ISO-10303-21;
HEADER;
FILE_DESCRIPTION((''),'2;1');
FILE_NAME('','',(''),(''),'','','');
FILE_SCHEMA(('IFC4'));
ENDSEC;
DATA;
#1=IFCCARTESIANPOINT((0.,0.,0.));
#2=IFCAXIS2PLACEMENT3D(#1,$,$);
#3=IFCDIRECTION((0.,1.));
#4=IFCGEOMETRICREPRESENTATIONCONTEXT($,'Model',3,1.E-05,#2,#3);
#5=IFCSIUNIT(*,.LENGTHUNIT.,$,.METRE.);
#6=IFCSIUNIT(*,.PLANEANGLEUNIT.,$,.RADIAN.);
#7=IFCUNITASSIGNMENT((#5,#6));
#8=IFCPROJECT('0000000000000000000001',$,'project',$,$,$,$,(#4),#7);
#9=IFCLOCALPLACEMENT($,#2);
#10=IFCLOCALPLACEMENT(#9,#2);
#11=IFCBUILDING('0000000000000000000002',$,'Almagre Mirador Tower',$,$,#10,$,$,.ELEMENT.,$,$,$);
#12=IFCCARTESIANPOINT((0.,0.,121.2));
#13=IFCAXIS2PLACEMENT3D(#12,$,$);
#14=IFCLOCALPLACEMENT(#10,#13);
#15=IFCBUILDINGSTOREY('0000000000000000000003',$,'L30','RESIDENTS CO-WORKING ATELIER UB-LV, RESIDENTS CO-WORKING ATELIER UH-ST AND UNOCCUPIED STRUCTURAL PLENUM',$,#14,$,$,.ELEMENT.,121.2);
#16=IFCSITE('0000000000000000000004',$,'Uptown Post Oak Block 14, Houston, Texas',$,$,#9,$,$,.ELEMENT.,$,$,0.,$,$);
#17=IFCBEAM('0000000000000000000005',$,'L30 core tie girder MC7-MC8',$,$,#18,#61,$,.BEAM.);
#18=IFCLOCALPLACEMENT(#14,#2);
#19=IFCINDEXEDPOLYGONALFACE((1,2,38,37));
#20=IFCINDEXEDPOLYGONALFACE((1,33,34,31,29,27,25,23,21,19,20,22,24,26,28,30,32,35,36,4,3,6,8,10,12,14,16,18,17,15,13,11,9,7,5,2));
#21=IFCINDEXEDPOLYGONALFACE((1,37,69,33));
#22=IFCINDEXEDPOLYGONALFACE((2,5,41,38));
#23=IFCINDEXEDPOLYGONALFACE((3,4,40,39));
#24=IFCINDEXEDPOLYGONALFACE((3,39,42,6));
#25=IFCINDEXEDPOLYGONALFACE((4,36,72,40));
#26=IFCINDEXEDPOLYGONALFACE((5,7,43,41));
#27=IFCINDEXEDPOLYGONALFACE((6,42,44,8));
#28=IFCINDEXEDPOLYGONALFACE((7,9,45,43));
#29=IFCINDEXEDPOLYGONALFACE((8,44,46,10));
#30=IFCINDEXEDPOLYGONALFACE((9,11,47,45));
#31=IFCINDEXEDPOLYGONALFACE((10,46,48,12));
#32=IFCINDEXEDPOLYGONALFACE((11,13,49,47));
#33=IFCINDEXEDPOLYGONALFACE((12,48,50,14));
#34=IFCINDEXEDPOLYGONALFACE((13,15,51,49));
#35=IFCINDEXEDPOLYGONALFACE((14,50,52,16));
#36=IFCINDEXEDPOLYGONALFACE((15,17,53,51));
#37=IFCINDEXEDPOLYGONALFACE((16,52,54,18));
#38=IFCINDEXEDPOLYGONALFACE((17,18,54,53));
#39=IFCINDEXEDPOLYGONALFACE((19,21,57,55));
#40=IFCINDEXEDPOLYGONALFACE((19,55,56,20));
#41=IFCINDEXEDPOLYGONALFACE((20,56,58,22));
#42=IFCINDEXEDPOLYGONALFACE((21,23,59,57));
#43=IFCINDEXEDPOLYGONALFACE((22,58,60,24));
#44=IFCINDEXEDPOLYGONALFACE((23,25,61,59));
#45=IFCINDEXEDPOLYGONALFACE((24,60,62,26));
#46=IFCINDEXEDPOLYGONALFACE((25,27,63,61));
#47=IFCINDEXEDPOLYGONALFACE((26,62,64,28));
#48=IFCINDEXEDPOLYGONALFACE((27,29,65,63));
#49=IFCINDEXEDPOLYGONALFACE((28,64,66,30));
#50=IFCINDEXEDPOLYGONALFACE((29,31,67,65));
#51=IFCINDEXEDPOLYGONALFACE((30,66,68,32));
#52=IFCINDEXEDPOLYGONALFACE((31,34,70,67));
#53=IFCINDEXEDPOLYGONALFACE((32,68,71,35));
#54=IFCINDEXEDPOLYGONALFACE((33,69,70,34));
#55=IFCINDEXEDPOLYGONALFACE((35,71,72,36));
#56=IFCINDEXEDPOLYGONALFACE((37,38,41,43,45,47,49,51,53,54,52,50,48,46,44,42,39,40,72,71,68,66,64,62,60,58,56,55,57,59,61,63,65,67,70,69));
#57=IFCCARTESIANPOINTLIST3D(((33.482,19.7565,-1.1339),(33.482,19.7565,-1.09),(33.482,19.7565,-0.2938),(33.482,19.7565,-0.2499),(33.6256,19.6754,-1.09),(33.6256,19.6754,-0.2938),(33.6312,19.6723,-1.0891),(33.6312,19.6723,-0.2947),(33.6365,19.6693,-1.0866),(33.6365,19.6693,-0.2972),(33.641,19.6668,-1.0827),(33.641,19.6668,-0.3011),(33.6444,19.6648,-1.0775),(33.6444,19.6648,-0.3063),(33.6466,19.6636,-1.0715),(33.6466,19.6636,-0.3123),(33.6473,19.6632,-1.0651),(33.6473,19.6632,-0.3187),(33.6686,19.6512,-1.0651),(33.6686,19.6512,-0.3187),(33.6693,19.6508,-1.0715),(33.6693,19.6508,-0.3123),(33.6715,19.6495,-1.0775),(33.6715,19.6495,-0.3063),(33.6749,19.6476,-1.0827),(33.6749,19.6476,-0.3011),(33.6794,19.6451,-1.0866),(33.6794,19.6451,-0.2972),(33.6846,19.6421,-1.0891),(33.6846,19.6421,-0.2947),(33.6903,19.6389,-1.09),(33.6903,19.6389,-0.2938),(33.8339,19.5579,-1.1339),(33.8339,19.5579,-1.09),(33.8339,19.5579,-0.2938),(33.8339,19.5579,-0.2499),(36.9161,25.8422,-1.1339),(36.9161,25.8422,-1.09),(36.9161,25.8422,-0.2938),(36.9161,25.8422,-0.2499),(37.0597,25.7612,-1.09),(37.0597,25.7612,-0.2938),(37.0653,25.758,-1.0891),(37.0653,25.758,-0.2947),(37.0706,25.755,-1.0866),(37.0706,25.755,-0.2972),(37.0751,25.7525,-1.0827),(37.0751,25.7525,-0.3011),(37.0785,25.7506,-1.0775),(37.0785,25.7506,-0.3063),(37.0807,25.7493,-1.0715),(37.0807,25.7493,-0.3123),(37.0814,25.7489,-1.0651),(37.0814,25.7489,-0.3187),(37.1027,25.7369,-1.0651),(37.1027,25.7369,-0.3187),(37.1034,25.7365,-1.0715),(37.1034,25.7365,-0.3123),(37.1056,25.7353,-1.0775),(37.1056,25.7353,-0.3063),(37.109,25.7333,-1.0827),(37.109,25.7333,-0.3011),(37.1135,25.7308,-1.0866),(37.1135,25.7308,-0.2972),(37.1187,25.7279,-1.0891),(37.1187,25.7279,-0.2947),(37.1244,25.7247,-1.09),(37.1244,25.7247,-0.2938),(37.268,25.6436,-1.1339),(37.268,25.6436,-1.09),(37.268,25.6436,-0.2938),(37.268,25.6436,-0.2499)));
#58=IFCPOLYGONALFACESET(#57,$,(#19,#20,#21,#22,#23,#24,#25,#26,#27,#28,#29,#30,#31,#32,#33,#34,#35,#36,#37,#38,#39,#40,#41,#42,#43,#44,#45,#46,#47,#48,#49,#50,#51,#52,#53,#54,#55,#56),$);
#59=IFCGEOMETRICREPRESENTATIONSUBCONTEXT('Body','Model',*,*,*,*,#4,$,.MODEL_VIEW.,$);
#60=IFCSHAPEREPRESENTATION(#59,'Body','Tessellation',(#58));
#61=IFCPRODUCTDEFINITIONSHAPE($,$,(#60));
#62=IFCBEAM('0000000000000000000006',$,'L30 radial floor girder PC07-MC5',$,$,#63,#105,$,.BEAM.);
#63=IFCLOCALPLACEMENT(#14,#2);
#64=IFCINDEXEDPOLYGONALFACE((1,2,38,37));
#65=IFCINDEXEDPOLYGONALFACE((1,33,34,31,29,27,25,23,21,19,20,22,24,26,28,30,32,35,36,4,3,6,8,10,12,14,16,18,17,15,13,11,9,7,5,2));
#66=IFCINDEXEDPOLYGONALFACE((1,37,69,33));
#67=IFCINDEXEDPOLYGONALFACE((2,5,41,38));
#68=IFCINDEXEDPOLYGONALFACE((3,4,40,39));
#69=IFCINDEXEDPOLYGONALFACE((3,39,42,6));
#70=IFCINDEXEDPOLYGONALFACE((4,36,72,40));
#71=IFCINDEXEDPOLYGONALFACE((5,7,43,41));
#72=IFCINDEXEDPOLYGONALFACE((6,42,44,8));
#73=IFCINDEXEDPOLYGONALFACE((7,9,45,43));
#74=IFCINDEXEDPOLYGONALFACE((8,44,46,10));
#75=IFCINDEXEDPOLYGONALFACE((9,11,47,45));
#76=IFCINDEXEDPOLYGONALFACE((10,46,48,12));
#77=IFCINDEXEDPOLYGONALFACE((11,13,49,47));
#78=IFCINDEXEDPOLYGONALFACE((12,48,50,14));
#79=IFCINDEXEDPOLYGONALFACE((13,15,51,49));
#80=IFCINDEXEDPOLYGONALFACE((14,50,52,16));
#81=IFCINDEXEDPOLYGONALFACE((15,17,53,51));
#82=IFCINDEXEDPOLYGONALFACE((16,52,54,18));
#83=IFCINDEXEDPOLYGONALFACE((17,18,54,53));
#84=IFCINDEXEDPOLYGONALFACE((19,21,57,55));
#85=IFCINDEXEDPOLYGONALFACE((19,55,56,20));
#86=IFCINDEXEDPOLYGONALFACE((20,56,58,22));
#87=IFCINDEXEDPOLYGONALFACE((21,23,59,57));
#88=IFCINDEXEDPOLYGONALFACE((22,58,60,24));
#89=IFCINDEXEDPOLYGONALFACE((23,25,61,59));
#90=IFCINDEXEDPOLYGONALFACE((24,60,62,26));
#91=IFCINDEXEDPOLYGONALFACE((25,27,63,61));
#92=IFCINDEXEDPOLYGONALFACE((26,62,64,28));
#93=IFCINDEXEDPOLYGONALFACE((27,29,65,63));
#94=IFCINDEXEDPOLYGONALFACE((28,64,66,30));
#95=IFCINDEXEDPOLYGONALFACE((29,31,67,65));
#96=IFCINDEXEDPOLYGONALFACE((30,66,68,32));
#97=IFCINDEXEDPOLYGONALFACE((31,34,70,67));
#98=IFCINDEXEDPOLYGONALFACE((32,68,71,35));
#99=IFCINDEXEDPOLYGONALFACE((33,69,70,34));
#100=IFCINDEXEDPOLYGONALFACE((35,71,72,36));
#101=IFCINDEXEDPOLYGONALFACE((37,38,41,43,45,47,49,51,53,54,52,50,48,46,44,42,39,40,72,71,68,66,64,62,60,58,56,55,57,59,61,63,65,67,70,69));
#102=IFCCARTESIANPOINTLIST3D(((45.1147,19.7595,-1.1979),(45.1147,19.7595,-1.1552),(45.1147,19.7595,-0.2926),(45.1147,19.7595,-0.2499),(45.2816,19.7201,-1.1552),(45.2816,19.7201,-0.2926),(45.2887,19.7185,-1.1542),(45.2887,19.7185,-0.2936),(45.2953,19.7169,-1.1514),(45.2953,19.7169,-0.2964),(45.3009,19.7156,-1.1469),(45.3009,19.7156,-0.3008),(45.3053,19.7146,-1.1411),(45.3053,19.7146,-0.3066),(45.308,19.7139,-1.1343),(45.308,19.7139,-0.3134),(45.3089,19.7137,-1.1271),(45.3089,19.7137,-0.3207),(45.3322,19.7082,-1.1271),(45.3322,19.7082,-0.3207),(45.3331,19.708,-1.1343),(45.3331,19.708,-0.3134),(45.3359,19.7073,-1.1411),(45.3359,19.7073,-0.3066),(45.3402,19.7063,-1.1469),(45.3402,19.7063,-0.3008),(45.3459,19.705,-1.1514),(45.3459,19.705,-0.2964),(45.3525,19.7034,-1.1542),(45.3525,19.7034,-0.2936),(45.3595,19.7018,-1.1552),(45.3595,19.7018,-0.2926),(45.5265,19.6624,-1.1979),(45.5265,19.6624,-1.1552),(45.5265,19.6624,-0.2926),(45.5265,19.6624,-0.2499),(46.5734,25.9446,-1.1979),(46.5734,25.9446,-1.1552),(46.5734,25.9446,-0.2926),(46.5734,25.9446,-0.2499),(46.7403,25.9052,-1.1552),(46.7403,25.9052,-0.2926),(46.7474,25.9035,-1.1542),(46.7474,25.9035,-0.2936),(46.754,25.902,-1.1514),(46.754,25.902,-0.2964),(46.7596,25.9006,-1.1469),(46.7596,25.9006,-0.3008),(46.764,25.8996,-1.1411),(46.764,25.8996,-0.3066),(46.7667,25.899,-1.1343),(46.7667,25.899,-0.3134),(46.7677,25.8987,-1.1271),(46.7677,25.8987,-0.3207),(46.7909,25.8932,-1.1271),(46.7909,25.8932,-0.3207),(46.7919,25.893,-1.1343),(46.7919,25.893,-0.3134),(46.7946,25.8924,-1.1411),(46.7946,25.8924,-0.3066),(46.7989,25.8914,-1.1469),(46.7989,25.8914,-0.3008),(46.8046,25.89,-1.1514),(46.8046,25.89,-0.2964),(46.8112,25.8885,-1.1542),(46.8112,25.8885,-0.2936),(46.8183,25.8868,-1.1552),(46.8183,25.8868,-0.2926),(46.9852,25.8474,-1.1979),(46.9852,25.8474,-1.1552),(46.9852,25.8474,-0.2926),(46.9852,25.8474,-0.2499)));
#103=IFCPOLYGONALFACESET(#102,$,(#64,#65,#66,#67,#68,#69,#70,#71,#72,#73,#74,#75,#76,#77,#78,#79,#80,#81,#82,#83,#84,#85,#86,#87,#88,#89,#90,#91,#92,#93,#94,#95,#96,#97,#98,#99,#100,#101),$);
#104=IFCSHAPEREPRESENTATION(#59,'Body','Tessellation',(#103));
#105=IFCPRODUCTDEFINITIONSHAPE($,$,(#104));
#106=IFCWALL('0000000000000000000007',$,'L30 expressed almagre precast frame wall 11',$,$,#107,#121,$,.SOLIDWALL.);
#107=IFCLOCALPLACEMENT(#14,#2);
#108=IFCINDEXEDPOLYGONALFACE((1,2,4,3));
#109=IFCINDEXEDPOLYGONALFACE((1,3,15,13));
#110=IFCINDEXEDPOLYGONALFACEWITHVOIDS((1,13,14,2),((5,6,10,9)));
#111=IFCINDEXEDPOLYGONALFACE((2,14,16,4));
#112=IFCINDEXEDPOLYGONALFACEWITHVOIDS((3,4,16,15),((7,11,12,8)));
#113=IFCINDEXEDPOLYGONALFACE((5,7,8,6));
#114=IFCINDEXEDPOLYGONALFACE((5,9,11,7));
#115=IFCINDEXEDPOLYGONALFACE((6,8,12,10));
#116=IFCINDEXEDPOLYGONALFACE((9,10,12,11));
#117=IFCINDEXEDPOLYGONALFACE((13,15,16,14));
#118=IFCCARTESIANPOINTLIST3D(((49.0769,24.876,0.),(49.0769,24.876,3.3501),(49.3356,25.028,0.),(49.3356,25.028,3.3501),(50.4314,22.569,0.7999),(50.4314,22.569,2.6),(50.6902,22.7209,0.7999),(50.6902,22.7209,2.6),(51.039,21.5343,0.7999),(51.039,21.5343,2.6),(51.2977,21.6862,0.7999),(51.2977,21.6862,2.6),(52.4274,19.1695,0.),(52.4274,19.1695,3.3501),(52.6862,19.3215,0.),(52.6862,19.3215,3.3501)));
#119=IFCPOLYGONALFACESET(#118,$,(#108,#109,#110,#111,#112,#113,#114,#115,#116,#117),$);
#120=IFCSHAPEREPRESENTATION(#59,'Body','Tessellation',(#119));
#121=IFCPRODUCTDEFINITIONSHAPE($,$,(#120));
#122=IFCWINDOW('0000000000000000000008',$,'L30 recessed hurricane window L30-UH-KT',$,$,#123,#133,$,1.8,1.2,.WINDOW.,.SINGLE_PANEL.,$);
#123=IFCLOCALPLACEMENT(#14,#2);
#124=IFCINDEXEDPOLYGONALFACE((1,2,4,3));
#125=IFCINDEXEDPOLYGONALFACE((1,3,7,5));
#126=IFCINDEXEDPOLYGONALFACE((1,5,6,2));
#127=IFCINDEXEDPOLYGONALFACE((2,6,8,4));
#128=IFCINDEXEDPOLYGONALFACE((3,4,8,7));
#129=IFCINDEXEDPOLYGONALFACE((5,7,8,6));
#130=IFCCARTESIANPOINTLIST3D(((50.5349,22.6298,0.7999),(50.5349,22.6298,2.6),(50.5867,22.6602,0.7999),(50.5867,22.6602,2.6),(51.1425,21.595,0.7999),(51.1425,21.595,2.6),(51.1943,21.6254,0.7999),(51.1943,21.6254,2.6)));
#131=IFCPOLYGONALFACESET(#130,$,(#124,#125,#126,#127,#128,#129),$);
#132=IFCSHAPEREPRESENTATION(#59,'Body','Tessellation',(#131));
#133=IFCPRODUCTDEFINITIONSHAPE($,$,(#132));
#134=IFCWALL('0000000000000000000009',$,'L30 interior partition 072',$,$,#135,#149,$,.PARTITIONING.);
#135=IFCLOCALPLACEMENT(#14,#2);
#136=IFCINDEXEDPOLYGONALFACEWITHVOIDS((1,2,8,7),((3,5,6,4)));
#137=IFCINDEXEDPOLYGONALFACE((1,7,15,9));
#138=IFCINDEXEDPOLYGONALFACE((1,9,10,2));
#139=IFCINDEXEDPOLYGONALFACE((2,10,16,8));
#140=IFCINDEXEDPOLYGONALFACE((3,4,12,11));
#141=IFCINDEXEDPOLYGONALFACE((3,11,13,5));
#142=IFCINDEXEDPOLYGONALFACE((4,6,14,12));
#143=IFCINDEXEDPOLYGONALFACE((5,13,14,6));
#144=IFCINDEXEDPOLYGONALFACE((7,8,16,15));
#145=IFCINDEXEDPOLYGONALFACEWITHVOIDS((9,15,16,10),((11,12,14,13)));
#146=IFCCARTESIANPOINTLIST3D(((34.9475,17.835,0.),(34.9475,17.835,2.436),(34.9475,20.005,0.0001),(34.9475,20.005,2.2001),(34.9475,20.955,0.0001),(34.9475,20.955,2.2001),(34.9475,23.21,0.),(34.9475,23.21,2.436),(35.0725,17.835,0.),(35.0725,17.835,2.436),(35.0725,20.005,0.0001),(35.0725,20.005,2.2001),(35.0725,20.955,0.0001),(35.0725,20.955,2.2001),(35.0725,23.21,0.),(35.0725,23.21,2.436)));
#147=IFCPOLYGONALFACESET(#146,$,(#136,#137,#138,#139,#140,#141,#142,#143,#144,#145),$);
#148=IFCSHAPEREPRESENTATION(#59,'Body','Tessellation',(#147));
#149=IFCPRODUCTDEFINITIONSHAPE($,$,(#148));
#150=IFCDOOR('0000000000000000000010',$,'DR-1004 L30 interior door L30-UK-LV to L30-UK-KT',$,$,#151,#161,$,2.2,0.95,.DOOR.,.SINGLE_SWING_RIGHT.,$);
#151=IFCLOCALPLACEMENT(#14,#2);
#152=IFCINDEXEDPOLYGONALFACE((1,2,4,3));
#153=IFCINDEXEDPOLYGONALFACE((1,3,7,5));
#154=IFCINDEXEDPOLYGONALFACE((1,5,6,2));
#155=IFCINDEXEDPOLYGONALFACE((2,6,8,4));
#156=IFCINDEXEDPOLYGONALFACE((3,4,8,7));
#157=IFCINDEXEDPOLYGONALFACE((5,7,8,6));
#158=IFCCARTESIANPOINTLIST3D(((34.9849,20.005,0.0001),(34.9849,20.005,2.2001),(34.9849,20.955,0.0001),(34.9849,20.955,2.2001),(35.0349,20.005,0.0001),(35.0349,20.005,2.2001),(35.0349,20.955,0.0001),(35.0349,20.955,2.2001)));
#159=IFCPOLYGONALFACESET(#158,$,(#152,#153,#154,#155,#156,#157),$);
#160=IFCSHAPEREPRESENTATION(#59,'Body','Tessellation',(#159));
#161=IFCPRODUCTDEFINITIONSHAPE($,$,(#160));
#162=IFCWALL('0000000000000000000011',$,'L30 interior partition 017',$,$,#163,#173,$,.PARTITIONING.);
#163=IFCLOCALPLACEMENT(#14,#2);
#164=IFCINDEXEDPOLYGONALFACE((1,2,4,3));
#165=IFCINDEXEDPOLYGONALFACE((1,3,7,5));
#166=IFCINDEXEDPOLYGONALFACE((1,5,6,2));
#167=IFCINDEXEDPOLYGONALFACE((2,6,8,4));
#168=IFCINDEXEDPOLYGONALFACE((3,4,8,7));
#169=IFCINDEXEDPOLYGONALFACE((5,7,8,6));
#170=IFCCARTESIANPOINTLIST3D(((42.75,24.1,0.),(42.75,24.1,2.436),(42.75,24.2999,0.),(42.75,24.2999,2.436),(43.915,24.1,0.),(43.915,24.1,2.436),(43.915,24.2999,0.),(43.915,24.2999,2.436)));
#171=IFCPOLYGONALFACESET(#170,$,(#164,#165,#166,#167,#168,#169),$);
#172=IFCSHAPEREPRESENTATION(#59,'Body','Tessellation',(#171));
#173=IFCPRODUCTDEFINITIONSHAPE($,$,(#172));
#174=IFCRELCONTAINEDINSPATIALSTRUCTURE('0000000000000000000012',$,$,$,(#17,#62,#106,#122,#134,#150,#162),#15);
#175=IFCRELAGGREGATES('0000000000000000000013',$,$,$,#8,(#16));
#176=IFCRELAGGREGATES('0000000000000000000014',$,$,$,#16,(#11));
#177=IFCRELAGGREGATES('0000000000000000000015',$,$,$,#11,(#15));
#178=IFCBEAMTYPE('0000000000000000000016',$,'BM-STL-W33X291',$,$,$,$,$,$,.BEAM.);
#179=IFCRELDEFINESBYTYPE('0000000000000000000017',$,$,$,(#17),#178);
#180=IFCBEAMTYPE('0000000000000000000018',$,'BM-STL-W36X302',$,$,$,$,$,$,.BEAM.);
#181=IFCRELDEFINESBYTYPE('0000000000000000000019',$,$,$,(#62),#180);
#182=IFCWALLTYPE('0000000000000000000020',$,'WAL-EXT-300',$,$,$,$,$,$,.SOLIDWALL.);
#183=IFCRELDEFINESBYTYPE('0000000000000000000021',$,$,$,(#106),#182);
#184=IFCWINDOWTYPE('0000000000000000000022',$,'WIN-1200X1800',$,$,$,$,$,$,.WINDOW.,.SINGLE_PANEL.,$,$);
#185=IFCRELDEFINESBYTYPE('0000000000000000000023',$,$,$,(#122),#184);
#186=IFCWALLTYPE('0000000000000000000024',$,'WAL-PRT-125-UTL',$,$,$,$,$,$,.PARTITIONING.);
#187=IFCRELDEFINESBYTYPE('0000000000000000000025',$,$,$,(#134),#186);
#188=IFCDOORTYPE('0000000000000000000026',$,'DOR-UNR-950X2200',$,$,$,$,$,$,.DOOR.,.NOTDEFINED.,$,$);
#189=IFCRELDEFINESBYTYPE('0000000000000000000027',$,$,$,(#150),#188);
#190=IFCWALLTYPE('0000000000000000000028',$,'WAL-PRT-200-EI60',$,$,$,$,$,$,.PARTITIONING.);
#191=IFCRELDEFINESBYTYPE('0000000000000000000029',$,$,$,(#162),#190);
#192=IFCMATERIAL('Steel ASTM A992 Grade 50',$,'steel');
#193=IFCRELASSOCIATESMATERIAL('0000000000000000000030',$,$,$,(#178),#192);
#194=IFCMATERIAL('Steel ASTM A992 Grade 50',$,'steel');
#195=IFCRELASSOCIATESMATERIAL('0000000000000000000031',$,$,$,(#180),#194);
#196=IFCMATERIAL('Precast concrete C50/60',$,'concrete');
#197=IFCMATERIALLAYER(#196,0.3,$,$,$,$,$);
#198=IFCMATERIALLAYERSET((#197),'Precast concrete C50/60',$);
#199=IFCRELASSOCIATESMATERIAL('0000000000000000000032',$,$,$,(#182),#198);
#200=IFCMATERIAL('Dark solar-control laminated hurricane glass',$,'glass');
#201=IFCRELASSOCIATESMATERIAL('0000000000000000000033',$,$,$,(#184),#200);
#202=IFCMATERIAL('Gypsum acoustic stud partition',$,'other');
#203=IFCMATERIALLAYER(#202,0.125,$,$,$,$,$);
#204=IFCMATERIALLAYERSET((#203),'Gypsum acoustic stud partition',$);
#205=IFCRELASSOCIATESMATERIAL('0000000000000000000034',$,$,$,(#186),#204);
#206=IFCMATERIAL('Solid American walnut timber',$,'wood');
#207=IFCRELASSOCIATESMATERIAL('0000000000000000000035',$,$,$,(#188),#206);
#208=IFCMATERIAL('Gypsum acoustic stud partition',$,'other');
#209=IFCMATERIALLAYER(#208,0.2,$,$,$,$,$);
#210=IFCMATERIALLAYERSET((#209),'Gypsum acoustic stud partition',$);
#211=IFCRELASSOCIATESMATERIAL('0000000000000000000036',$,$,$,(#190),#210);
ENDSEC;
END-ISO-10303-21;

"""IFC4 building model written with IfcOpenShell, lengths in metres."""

from ifc_helpers import new_model, si_unit, direction, frame, frame_2d, origin, origin_2d, place, context, subcontext, project, spatial, rectangle, i_section, extrude, material, layer, layer_set, material_profile, profile_set, type_object, element, fill, save


model = new_model("IFC4")

# Units and contexts
model_context = context("Model", 3, precision=1e-05, world=origin(), true_north=direction((0.0, 1.0)))
body_context = subcontext(model_context, "Body", "Model", "MODEL_VIEW")
ifc_project = project(units=[si_unit("LENGTHUNIT", "METRE"), si_unit("PLANEANGLEUNIT", "RADIAN")], contexts=[model_context])

# Site, building, storey
site_placement = place(None, origin())
site = spatial("IfcSite", under=ifc_project, at=site_placement, Name="Uptown Post Oak Block 14, Houston, Texas", CompositionType="ELEMENT", RefElevation=0.0)
building_placement = place(site_placement, origin())
building = spatial("IfcBuilding", under=site, at=building_placement, Name="Almagre Mirador Tower", CompositionType="ELEMENT")
storey_placement = place(building_placement, frame((0.0, 0.0, 121.2)))
storey = spatial("IfcBuildingStorey", under=building, at=storey_placement, Name="L30", Description="RESIDENTS CO-WORKING ATELIER UB-LV, RESIDENTS CO-WORKING ATELIER UH-ST AND UNOCCUPIED STRUCTURAL PLENUM", CompositionType="ELEMENT", Elevation=121.2)

# Beams
ifc_material_1 = material(Name="Steel ASTM A992 Grade 50", Category="steel")
ifc_material_profile_1 = material_profile(ifc_material_1, i_section(OverallWidth=0.4041, OverallDepth=0.884, WebThickness=0.0244, FlangeThickness=0.0439, FilletRadius=0.0249, at=origin_2d()), Name="W33X291")
ifc_profile_set_1 = profile_set([ifc_material_profile_1], Name="Steel ASTM A992 Grade 50")
beam_type_1 = type_object("IfcBeamType", Name="BM-STL-W33X291", PredefinedType="BEAM", material=ifc_profile_set_1)
beam_1_placement = place(storey_placement, frame((37.092, 25.7429, -0.6919), z_axis=(-0.491444, -0.870909, 0.0), x_axis=(0.870909, -0.491444, 0.0)))
element("IfcBeam", 1, at=beam_1_placement, inside=storey, type_object=beam_type_1, Name="L30 core tie girder MC7-MC8", PredefinedType="BEAM", context=body_context, shape_type="SweptSolid", body=[
    extrude(i_section(OverallWidth=0.4041, OverallDepth=0.884, WebThickness=0.0244, FlangeThickness=0.0439, FilletRadius=0.0249, at=origin_2d()), origin(), (0.0, 0.0, 1.0), 6.9878),
])
ifc_material_2 = material(Name="Steel ASTM A992 Grade 50", Category="steel")
ifc_material_profile_2 = material_profile(ifc_material_2, i_section(OverallWidth=0.4231, OverallDepth=0.948, WebThickness=0.0239, FlangeThickness=0.0427, FilletRadius=0.0281, at=origin_2d()), Name="W36X302")
ifc_profile_set_2 = profile_set([ifc_material_profile_2], Name="Steel ASTM A992 Grade 50")
beam_type_2 = type_object("IfcBeamType", Name="BM-STL-W36X302", PredefinedType="BEAM", material=ifc_profile_set_2)
beam_2_placement = place(storey_placement, frame((46.7793, 25.896, -0.7239), z_axis=(-0.229551, -0.973297, 0.0), x_axis=(0.973297, -0.229551, 0.0)))
element("IfcBeam", 2, at=beam_2_placement, inside=storey, type_object=beam_type_2, Name="L30 radial floor girder PC07-MC5", PredefinedType="BEAM", context=body_context, shape_type="SweptSolid", body=[
    extrude(i_section(OverallWidth=0.4231, OverallDepth=0.948, WebThickness=0.0239, FlangeThickness=0.0427, FilletRadius=0.0281, at=origin_2d()), origin(), (0.0, 0.0, 1.0), 6.3547),
])

# Wall, opening, window
ifc_material_3 = material(Name="Precast concrete C50/60", Category="concrete")
ifc_layer_1 = layer(ifc_material_3, 0.3)
ifc_layer_set_1 = layer_set([ifc_layer_1], Name="Precast concrete C50/60")
wall_type_1 = type_object("IfcWallType", Name="WAL-EXT-300", PredefinedType="SOLIDWALL", material=ifc_layer_set_1)
wall_1_placement = place(storey_placement, frame((49.2063, 24.9519, 0.0), z_axis=(0.0, 0.0, 1.0), x_axis=(0.506323, -0.862344, 0.0)))
wall_1 = element("IfcWall", 3, at=wall_1_placement, inside=storey, type_object=wall_type_1, Name="L30 expressed almagre precast frame wall 11", PredefinedType="SOLIDWALL", context=body_context, shape_type="SweptSolid", body=[
    extrude(rectangle(XDim=6.6174, YDim=0.3, at=frame_2d((3.3086, 0.0))), origin(), (0.0, 0.0, 1.0), 3.3501),
])
opening_1_placement = place(wall_1_placement, frame((2.675, 0.0, 0.8)))
opening_1 = element("IfcOpeningElement", 4, at=opening_1_placement, cuts=wall_1, PredefinedType="OPENING", context=body_context, shape_type="SweptSolid", body=[
    extrude(rectangle(XDim=1.2, YDim=1.8, at=frame_2d((0.6001, 0.8999))), frame((0.0, 0.1599, 0.0), z_axis=(0.0, -1.0, 0.0), x_axis=(1.0, 0.0, 0.0)), (0.0, 0.0, 1.0), 0.32),
])
ifc_material_4 = material(Name="Dark solar-control laminated hurricane glass", Category="glass")
window_type = type_object("IfcWindowType", Name="WIN-1200X1800", PartitioningType="SINGLE_PANEL", PredefinedType="WINDOW", material=ifc_material_4)
window_placement = place(opening_1_placement, origin())
window = element("IfcWindow", 5, at=window_placement, inside=storey, type_object=window_type, Name="L30 recessed hurricane window L30-UH-KT", OverallHeight=1.8, OverallWidth=1.2, PartitioningType="SINGLE_PANEL", PredefinedType="WINDOW", context=body_context, shape_type="SweptSolid", body=[
    extrude(rectangle(XDim=1.2, YDim=1.8, at=frame_2d((0.6001, 0.8999))), frame((0.0, 0.03, 0.0), z_axis=(0.0, -1.0, 0.0), x_axis=(1.0, 0.0, 0.0)), (0.0, 0.0, 1.0), 0.0601),
])
fill(opening_1, window)

# Wall, opening, door
ifc_material_5 = material(Name="Gypsum acoustic stud partition", Category="other")
ifc_layer_2 = layer(ifc_material_5, 0.125)
ifc_layer_set_2 = layer_set([ifc_layer_2], Name="Gypsum acoustic stud partition")
wall_type_2 = type_object("IfcWallType", Name="WAL-PRT-125-UTL", PredefinedType="PARTITIONING", material=ifc_layer_set_2)
wall_2_placement = place(storey_placement, frame((35.01, 23.21, 0.0), z_axis=(0.0, 0.0, 1.0), x_axis=(0.0, -1.0, 0.0)))
wall_2 = element("IfcWall", 6, at=wall_2_placement, inside=storey, type_object=wall_type_2, Name="L30 interior partition 072", PredefinedType="PARTITIONING", context=body_context, shape_type="SweptSolid", body=[
    extrude(rectangle(XDim=5.375, YDim=0.125, at=frame_2d((2.6875, 0.0))), origin(), (0.0, 0.0, 1.0), 2.436),
])
opening_2_placement = place(wall_2_placement, frame((2.2549, 0.0, 0.0)))
opening_2 = element("IfcOpeningElement", 7, at=opening_2_placement, cuts=wall_2, PredefinedType="OPENING", context=body_context, shape_type="SweptSolid", body=[
    extrude(rectangle(XDim=0.95, YDim=2.2, at=frame_2d((0.4751, 1.1001))), frame((0.0, 0.0725, 0.0), z_axis=(0.0, -1.0, 0.0), x_axis=(1.0, 0.0, 0.0)), (0.0, 0.0, 1.0), 0.145),
])
ifc_material_6 = material(Name="Solid American walnut timber", Category="wood")
door_type_1 = type_object("IfcDoorType", Name="DOR-UNR-950X2200", OperationType="NOTDEFINED", PredefinedType="DOOR", material=ifc_material_6)
door_1_placement = place(opening_2_placement, origin())
door_1 = element("IfcDoor", 8, at=door_1_placement, inside=storey, type_object=door_type_1, Name="DR-1004 L30 interior door L30-UK-LV to L30-UK-KT", OperationType="SINGLE_SWING_RIGHT", OverallHeight=2.2, OverallWidth=0.95, PredefinedType="DOOR", context=body_context, shape_type="SweptSolid", body=[
    extrude(rectangle(XDim=0.95, YDim=2.2, at=frame_2d((0.4751, 1.1001))), frame((0.0, 0.0249, 0.0), z_axis=(0.0, -1.0, 0.0), x_axis=(1.0, 0.0, 0.0)), (0.0, 0.0, 1.0), 0.05),
])
fill(opening_2, door_1)

# Wall
ifc_material_7 = material(Name="Gypsum acoustic stud partition", Category="other")
ifc_layer_3 = layer(ifc_material_7, 0.2)
ifc_layer_set_3 = layer_set([ifc_layer_3], Name="Gypsum acoustic stud partition")
wall_type_3 = type_object("IfcWallType", Name="WAL-PRT-200-EI60", PredefinedType="PARTITIONING", material=ifc_layer_set_3)
wall_3_placement = place(storey_placement, frame((43.915, 24.2, 0.0), z_axis=(0.0, 0.0, 1.0), x_axis=(-1.0, 0.0, 0.0)))
element("IfcWall", 9, at=wall_3_placement, inside=storey, type_object=wall_type_3, Name="L30 interior partition 017", PredefinedType="PARTITIONING", context=body_context, shape_type="SweptSolid", body=[
    extrude(rectangle(XDim=1.165, YDim=0.2, at=frame_2d((0.5825, 0.0))), origin(), (0.0, 0.0, 1.0), 2.436),
])

save(model, "model.ifc")
